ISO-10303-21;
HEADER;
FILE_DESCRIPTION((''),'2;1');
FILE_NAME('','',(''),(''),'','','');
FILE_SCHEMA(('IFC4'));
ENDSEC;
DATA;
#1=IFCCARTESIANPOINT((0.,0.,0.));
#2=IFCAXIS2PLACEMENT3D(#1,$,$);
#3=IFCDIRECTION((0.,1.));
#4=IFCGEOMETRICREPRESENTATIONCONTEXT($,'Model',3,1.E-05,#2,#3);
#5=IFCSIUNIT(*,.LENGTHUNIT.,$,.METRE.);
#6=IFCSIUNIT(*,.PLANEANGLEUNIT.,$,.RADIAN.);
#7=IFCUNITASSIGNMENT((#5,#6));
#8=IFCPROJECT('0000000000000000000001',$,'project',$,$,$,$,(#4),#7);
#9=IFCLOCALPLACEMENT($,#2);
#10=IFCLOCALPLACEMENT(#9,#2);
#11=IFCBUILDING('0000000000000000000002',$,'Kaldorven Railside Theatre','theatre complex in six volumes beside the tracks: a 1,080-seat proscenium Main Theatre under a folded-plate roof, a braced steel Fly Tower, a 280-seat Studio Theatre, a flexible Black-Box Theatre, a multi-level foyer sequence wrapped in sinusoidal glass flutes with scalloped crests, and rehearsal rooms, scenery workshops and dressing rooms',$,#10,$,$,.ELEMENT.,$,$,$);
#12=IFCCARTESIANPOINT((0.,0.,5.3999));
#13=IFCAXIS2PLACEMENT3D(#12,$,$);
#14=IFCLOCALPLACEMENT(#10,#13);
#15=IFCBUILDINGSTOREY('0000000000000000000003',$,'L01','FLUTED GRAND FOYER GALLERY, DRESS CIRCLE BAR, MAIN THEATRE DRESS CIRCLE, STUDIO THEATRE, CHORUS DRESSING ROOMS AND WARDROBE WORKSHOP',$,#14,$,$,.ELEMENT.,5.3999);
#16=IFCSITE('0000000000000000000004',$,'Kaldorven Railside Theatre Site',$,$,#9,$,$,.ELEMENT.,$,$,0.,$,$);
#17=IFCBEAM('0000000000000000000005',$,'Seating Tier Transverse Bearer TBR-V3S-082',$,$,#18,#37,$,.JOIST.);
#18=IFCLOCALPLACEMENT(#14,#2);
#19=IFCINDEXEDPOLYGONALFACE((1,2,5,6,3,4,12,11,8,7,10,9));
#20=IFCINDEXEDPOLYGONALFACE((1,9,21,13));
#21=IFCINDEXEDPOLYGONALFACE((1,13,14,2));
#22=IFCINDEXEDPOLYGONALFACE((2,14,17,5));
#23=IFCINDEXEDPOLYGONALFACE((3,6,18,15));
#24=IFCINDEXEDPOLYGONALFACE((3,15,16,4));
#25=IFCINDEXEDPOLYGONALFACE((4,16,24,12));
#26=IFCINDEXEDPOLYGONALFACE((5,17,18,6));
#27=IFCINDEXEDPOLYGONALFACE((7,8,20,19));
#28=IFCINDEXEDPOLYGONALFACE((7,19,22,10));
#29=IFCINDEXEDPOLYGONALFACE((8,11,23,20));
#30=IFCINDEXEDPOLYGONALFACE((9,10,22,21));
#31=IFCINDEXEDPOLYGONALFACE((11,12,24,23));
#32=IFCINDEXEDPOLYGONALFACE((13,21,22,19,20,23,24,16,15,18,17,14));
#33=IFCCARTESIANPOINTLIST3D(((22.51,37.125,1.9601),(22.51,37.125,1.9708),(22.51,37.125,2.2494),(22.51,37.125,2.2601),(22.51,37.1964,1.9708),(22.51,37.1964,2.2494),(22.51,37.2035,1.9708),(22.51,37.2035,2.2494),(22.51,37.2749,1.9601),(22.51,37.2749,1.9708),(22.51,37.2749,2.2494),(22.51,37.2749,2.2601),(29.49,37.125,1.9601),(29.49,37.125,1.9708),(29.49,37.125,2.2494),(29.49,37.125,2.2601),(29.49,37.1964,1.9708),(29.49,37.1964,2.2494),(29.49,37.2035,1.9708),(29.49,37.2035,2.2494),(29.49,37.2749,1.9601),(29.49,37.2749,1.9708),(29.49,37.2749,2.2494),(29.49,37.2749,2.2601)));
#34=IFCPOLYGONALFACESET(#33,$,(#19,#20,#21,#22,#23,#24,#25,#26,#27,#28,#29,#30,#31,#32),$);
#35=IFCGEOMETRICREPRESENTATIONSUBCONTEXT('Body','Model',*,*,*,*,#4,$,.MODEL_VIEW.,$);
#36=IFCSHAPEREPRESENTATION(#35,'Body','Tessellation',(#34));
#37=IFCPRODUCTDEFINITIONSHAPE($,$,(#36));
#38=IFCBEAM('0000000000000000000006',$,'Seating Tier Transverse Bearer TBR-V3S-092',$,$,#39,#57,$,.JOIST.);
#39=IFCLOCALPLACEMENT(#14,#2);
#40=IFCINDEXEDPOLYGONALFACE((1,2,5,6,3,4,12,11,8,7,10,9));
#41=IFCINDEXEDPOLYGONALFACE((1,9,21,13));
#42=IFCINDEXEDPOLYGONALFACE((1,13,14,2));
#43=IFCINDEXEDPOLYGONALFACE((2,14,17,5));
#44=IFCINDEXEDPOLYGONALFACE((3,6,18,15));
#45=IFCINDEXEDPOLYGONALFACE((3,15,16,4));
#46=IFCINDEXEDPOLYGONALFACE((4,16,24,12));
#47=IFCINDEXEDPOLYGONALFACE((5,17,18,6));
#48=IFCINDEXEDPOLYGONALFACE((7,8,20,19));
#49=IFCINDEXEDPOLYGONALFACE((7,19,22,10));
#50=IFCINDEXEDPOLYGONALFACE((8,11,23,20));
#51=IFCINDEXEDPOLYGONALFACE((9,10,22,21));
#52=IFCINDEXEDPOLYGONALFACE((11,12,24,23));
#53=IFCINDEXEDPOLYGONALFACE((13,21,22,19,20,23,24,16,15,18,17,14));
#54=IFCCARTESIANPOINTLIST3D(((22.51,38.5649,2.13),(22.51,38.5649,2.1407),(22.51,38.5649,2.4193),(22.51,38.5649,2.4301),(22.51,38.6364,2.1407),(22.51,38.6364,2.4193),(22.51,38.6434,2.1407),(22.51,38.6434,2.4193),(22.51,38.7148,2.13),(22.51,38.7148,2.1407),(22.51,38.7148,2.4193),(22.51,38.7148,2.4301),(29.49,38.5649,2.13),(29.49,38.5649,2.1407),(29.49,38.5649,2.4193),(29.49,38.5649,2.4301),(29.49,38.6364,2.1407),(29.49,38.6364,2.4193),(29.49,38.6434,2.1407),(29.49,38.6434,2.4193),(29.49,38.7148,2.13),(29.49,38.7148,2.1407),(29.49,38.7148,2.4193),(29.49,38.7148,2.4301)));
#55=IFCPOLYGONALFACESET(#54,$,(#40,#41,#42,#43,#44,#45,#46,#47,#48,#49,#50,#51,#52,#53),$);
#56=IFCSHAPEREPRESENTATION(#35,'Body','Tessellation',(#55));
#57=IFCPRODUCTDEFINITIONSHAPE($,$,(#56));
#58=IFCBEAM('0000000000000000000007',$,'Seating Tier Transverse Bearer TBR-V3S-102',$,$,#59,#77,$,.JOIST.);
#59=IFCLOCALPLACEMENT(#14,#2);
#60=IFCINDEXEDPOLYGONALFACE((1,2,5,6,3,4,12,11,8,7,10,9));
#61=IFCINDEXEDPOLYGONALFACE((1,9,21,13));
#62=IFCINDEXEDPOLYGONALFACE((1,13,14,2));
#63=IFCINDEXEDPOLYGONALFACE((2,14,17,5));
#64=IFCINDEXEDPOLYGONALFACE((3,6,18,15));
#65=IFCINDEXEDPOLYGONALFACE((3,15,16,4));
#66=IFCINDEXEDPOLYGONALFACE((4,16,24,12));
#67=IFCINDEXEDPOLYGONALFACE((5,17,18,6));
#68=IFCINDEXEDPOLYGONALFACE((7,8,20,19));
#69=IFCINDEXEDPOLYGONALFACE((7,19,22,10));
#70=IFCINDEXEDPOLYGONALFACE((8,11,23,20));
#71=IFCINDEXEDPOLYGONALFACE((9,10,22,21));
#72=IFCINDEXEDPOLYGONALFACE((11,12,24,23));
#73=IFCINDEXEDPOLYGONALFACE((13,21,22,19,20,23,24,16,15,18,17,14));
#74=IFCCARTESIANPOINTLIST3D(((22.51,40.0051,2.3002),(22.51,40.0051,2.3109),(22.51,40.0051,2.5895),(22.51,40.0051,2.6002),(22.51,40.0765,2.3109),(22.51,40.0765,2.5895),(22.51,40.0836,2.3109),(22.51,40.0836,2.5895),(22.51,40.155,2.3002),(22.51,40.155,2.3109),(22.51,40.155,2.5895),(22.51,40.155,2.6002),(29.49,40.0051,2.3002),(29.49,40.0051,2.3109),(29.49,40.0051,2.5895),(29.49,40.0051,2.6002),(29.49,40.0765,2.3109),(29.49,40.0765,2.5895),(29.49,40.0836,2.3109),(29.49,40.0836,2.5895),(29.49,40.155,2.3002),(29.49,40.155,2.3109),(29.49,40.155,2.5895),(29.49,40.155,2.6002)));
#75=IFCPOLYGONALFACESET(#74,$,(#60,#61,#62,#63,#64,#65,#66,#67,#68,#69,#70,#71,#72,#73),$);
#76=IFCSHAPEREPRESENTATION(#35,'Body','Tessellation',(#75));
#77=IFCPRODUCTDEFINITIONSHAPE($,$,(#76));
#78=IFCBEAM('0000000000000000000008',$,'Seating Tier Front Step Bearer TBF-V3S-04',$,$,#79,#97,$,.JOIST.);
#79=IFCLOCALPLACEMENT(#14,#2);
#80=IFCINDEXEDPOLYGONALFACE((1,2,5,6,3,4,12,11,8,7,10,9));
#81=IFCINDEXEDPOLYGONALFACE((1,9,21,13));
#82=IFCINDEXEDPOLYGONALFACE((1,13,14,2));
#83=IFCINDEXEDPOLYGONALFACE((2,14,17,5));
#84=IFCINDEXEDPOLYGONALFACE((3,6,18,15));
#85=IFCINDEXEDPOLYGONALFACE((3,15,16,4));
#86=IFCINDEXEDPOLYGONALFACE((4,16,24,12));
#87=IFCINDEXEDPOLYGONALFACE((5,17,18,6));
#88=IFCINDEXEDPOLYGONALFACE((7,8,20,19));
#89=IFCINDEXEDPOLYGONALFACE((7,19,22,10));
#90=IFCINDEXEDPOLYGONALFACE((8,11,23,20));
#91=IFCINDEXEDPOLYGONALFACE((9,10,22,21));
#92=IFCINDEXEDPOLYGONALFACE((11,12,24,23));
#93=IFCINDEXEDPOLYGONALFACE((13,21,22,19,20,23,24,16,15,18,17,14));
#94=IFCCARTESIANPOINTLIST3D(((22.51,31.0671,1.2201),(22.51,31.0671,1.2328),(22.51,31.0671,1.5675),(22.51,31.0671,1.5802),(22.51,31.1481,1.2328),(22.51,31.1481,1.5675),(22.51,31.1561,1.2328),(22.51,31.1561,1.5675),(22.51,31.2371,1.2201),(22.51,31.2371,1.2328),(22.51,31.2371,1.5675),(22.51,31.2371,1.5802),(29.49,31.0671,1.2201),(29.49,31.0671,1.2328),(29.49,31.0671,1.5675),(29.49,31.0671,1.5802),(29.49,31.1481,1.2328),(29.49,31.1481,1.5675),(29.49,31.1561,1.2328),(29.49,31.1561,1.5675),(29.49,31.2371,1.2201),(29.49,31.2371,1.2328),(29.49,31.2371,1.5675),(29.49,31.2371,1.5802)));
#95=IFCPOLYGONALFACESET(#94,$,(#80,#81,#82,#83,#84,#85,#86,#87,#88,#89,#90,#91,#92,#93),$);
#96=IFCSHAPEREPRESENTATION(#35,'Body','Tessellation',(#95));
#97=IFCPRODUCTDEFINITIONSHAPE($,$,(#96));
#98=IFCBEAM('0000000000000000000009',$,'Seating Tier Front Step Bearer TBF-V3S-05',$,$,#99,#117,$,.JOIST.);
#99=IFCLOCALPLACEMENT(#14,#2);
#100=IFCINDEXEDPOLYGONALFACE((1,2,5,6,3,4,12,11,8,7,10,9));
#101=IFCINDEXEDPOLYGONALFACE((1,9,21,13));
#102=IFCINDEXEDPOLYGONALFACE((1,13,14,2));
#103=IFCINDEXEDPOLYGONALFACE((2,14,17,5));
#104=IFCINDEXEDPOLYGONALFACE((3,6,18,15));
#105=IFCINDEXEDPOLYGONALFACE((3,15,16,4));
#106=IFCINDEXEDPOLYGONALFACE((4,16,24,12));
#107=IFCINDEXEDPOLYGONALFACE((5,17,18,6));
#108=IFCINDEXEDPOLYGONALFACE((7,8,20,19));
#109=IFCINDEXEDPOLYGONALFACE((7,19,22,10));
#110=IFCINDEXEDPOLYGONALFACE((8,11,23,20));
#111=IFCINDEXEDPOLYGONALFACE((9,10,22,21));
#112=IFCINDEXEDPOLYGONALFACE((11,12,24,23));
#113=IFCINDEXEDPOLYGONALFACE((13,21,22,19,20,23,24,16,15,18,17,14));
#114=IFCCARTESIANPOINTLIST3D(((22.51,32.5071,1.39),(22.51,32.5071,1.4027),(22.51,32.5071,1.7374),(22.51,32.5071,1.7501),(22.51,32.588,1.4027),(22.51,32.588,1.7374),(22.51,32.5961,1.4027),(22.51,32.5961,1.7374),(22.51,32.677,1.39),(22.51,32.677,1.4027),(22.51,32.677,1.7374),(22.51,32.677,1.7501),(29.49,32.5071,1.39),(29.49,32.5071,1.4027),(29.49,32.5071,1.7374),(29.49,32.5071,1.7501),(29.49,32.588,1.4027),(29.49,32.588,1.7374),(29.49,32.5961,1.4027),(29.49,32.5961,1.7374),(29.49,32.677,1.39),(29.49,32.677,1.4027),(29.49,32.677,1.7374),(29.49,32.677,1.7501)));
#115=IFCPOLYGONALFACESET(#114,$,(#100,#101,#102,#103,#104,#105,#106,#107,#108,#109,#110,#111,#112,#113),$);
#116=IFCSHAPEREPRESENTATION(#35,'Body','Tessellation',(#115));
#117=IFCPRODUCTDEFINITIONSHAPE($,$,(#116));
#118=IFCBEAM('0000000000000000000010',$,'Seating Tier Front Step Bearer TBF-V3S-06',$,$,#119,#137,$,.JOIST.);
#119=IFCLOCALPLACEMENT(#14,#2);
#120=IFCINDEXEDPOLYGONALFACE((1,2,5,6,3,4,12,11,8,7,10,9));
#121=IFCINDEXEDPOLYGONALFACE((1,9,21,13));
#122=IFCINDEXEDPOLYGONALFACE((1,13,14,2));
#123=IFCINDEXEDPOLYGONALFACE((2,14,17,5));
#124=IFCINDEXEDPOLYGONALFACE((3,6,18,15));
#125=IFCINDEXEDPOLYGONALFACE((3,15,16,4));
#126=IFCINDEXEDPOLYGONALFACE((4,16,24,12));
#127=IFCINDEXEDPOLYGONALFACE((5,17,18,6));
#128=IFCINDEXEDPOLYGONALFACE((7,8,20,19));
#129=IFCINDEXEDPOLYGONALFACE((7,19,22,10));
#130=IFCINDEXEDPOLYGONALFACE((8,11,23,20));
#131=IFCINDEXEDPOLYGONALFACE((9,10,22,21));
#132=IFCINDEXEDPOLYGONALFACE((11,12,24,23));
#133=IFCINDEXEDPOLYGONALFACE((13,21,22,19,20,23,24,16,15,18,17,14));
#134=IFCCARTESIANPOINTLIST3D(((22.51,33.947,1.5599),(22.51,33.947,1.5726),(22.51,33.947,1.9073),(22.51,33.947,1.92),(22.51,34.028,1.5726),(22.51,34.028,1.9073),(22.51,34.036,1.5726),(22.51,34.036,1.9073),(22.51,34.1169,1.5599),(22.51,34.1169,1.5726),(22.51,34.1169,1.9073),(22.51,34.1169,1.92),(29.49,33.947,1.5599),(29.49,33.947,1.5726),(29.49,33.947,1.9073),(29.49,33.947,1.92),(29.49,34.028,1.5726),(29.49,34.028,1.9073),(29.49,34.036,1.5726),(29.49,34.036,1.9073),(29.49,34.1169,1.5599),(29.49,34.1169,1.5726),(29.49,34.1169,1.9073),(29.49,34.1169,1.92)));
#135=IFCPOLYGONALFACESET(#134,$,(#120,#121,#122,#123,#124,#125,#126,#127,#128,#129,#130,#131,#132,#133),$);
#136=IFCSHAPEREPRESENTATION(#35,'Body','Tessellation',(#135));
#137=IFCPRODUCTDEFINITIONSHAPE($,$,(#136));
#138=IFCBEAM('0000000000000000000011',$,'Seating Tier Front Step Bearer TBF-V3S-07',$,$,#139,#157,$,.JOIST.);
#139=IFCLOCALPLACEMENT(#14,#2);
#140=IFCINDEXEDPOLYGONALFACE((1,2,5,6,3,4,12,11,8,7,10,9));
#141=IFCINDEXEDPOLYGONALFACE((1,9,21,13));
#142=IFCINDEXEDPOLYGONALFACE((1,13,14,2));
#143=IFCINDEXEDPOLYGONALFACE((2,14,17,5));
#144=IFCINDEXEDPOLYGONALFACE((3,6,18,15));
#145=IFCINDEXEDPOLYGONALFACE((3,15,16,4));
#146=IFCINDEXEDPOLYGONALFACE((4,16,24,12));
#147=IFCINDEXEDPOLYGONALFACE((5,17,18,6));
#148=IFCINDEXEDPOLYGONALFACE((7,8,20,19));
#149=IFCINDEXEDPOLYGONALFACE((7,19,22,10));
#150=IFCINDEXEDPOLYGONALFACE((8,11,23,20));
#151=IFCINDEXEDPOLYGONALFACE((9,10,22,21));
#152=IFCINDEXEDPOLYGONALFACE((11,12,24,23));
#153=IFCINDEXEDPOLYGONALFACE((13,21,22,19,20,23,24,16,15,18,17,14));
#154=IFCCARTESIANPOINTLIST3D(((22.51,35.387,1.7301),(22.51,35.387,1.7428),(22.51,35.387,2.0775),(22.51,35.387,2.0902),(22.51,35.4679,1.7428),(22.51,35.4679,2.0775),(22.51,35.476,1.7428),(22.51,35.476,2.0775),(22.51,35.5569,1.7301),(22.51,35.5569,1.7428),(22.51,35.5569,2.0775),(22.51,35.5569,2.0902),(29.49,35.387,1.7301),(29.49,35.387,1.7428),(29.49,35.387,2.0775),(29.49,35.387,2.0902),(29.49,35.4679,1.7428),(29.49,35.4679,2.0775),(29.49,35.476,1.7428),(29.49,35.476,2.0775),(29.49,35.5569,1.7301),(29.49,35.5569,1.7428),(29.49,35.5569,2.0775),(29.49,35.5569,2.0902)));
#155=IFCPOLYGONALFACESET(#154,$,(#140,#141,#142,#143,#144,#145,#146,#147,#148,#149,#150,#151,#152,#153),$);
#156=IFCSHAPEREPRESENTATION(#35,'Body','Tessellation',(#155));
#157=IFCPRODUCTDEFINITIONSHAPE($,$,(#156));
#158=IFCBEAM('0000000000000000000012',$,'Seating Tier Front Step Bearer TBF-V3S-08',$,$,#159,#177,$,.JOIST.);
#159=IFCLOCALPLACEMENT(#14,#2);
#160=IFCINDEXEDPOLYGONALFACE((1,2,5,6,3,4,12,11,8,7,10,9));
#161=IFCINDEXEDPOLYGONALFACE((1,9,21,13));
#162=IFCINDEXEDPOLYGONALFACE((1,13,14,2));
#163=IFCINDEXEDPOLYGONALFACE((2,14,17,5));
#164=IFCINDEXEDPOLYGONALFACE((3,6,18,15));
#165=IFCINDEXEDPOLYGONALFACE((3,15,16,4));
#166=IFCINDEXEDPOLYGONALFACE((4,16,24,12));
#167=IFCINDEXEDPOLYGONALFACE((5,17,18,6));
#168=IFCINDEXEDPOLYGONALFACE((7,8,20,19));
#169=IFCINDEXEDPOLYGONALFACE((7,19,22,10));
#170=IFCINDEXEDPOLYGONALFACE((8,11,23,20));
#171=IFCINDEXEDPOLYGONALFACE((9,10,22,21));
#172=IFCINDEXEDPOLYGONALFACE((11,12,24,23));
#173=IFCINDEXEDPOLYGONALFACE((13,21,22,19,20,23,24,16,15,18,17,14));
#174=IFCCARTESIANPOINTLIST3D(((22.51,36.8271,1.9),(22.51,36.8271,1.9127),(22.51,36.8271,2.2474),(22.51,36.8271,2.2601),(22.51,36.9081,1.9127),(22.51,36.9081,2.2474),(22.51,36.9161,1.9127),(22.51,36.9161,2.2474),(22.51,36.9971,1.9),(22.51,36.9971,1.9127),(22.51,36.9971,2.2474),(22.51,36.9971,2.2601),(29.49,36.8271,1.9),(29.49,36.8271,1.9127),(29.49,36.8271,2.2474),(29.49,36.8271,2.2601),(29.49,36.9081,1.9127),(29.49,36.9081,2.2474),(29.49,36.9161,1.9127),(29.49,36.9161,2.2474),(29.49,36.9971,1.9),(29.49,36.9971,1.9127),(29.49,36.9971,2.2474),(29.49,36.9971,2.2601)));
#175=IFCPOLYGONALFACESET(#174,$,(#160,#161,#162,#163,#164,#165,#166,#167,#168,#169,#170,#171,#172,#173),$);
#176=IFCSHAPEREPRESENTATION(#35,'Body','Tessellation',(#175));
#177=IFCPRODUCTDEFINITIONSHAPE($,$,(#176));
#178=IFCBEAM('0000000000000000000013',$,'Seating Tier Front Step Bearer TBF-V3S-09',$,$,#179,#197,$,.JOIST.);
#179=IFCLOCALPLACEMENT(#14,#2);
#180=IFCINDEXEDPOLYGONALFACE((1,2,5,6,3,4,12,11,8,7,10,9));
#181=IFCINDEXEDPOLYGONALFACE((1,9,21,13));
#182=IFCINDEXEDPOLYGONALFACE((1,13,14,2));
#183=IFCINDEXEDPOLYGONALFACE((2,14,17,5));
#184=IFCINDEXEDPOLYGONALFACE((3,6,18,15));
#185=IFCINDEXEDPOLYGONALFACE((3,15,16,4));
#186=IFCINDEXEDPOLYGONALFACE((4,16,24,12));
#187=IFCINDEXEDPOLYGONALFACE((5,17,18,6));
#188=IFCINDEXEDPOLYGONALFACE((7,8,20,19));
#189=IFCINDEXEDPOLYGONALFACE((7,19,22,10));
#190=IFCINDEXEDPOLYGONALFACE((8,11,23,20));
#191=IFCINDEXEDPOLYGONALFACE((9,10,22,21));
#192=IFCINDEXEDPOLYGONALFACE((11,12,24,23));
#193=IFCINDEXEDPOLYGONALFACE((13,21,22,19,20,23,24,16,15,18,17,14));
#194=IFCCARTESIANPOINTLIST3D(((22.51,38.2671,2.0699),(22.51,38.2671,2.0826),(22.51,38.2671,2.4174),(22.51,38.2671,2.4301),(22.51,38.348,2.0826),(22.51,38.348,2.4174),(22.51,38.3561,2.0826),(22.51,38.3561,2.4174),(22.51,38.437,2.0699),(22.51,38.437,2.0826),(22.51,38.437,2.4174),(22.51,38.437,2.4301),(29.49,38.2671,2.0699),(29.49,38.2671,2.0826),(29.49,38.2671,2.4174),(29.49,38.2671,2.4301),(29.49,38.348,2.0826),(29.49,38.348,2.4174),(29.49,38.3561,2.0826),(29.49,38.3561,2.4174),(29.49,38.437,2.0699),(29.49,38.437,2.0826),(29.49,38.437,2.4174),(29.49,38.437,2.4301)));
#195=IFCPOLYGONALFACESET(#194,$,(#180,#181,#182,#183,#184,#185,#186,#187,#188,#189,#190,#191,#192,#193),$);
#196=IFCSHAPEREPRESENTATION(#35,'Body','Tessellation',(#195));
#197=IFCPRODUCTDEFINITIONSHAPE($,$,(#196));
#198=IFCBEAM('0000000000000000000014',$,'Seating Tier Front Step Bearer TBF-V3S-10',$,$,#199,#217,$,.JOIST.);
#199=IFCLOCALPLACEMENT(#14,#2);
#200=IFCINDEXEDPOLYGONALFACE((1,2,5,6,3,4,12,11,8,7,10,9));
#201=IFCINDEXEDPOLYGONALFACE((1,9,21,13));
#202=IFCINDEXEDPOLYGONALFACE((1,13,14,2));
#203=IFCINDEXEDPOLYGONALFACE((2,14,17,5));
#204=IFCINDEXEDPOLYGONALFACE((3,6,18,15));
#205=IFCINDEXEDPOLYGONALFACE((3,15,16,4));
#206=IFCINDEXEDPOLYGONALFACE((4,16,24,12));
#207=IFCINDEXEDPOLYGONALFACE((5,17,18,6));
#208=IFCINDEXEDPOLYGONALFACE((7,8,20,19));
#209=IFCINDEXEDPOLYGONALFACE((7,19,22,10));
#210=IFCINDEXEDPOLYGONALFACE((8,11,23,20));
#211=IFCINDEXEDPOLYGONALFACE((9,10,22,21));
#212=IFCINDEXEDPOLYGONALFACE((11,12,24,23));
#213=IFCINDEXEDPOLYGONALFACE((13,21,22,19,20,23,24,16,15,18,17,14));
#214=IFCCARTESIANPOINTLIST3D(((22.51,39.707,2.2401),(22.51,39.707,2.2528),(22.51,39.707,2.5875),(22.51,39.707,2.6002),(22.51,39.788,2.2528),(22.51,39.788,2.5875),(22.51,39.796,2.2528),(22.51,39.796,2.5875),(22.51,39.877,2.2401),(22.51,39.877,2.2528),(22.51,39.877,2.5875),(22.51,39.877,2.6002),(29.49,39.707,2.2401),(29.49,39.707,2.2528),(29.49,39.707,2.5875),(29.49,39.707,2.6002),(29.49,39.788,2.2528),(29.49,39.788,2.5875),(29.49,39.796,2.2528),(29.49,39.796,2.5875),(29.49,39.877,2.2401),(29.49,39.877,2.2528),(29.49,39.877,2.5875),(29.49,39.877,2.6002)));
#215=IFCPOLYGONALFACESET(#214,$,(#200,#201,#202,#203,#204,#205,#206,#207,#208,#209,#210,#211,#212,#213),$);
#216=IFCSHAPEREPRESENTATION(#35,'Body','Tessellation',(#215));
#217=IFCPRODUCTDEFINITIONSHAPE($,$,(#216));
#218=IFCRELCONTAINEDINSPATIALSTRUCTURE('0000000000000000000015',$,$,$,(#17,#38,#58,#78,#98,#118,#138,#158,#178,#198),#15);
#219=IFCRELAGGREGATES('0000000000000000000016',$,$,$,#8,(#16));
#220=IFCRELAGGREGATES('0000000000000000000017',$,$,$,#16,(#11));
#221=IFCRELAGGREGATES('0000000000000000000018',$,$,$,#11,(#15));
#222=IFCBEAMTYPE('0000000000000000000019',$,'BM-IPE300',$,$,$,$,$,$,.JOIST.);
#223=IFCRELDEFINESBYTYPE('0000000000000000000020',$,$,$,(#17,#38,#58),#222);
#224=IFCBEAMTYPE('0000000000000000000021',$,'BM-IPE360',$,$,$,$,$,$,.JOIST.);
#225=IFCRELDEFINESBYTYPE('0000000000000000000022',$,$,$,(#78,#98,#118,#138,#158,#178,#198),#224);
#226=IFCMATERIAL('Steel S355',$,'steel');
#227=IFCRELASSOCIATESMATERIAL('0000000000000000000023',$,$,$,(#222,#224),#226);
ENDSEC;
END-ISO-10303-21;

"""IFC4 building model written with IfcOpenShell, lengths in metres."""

from ifc_helpers import new_model, si_unit, direction, frame, origin, origin_2d, place, context, subcontext, project, spatial, i_section, extrude, material, material_profile, profile_set, type_object, element, save


model = new_model("IFC4")

# Units and contexts
model_context = context("Model", 3, precision=1e-05, world=origin(), true_north=direction((0.0, 1.0)))
body_context = subcontext(model_context, "Body", "Model", "MODEL_VIEW")
ifc_project = project(units=[si_unit("LENGTHUNIT", "METRE"), si_unit("PLANEANGLEUNIT", "RADIAN")], contexts=[model_context])

# Site, building, storey
site_placement = place(None, origin())
site = spatial("IfcSite", under=ifc_project, at=site_placement, Name="Kaldorven Railside Theatre Site", CompositionType="ELEMENT", RefElevation=0.0)
building_placement = place(site_placement, origin())
building = spatial("IfcBuilding", under=site, at=building_placement, Name="Kaldorven Railside Theatre", Description="theatre complex in six volumes beside the tracks: a 1,080-seat proscenium Main Theatre under a folded-plate roof, a braced steel Fly Tower, a 280-seat Studio Theatre, a flexible Black-Box Theatre, a multi-level foyer sequence wrapped in sinusoidal glass flutes with scalloped crests, and rehearsal rooms, scenery workshops and dressing rooms", CompositionType="ELEMENT")
storey_placement = place(building_placement, frame((0.0, 0.0, 5.3999)))
storey = spatial("IfcBuildingStorey", under=building, at=storey_placement, Name="L01", Description="FLUTED GRAND FOYER GALLERY, DRESS CIRCLE BAR, MAIN THEATRE DRESS CIRCLE, STUDIO THEATRE, CHORUS DRESSING ROOMS AND WARDROBE WORKSHOP", CompositionType="ELEMENT", Elevation=5.3999)

# Shared definitions
ifc_material_1 = material(Name="Steel S355", Category="steel")

# Beams
ifc_material_profile_1 = material_profile(ifc_material_1, i_section(OverallWidth=0.1499, OverallDepth=0.3, WebThickness=0.0071, FlangeThickness=0.0107, at=origin_2d()), Name="IPE 300")
ifc_profile_set_1 = profile_set([ifc_material_profile_1], Name="Steel S355")
beam_type_1 = type_object("IfcBeamType", Name="BM-IPE300", PredefinedType="JOIST", material=ifc_profile_set_1)
for number, where, z_axis, x_axis, name in (
    (1, (22.51, 37.2, 2.1101), (1.0, 0.0, 0.0), (0.0, 1.0, 0.0), "Seating Tier Transverse Bearer TBR-V3S-082"),
    (2, (22.51, 38.6399, 2.28), (1.0, 0.0, 0.0), (0.0, 1.0, 0.0), "Seating Tier Transverse Bearer TBR-V3S-092"),
    (3, (22.51, 40.0801, 2.4502), (1.0, 0.0, 0.0), (0.0, 1.0, 0.0), "Seating Tier Transverse Bearer TBR-V3S-102"),
):
    element("IfcBeam", number, at=place(storey_placement, frame(where, z_axis=z_axis, x_axis=x_axis)), inside=storey, type_object=beam_type_1, Name=name, PredefinedType="JOIST", context=body_context, shape_type="SweptSolid", body=[
        extrude(i_section(OverallWidth=0.1499, OverallDepth=0.3, WebThickness=0.0071, FlangeThickness=0.0107, at=origin_2d()), origin(), (0.0, 0.0, 1.0), 6.98),
    ])
ifc_material_profile_2 = material_profile(ifc_material_1, i_section(OverallWidth=0.1699, OverallDepth=0.3601, WebThickness=0.0081, FlangeThickness=0.0127, at=origin_2d()), Name="IPE 360")
ifc_profile_set_2 = profile_set([ifc_material_profile_2], Name="Steel S355")
beam_type_2 = type_object("IfcBeamType", Name="BM-IPE360", PredefinedType="JOIST", material=ifc_profile_set_2)
for number, where, z_axis, x_axis, name in (
    (4, (22.51, 31.1521, 1.4001), (1.0, 0.0, 0.0), (0.0, 1.0, 0.0), "Seating Tier Front Step Bearer TBF-V3S-04"),
    (5, (22.51, 32.592, 1.5701), (1.0, 0.0, 0.0), (0.0, 1.0, 0.0), "Seating Tier Front Step Bearer TBF-V3S-05"),
    (6, (22.51, 34.032, 1.74), (1.0, 0.0, 0.0), (0.0, 1.0, 0.0), "Seating Tier Front Step Bearer TBF-V3S-06"),
    (7, (22.51, 35.4719, 1.9102), (1.0, 0.0, 0.0), (0.0, 1.0, 0.0), "Seating Tier Front Step Bearer TBF-V3S-07"),
    (8, (22.51, 36.9121, 2.0801), (1.0, 0.0, 0.0), (0.0, 1.0, 0.0), "Seating Tier Front Step Bearer TBF-V3S-08"),
    (9, (22.51, 38.3521, 2.25), (1.0, 0.0, 0.0), (0.0, 1.0, 0.0), "Seating Tier Front Step Bearer TBF-V3S-09"),
    (10, (22.51, 39.792, 2.4202), (1.0, 0.0, 0.0), (0.0, 1.0, 0.0), "Seating Tier Front Step Bearer TBF-V3S-10"),
):
    element("IfcBeam", number, at=place(storey_placement, frame(where, z_axis=z_axis, x_axis=x_axis)), inside=storey, type_object=beam_type_2, Name=name, PredefinedType="JOIST", context=body_context, shape_type="SweptSolid", body=[
        extrude(i_section(OverallWidth=0.1699, OverallDepth=0.3601, WebThickness=0.0081, FlangeThickness=0.0127, at=origin_2d()), origin(), (0.0, 0.0, 1.0), 6.98),
    ])

save(model, "model.ifc")
